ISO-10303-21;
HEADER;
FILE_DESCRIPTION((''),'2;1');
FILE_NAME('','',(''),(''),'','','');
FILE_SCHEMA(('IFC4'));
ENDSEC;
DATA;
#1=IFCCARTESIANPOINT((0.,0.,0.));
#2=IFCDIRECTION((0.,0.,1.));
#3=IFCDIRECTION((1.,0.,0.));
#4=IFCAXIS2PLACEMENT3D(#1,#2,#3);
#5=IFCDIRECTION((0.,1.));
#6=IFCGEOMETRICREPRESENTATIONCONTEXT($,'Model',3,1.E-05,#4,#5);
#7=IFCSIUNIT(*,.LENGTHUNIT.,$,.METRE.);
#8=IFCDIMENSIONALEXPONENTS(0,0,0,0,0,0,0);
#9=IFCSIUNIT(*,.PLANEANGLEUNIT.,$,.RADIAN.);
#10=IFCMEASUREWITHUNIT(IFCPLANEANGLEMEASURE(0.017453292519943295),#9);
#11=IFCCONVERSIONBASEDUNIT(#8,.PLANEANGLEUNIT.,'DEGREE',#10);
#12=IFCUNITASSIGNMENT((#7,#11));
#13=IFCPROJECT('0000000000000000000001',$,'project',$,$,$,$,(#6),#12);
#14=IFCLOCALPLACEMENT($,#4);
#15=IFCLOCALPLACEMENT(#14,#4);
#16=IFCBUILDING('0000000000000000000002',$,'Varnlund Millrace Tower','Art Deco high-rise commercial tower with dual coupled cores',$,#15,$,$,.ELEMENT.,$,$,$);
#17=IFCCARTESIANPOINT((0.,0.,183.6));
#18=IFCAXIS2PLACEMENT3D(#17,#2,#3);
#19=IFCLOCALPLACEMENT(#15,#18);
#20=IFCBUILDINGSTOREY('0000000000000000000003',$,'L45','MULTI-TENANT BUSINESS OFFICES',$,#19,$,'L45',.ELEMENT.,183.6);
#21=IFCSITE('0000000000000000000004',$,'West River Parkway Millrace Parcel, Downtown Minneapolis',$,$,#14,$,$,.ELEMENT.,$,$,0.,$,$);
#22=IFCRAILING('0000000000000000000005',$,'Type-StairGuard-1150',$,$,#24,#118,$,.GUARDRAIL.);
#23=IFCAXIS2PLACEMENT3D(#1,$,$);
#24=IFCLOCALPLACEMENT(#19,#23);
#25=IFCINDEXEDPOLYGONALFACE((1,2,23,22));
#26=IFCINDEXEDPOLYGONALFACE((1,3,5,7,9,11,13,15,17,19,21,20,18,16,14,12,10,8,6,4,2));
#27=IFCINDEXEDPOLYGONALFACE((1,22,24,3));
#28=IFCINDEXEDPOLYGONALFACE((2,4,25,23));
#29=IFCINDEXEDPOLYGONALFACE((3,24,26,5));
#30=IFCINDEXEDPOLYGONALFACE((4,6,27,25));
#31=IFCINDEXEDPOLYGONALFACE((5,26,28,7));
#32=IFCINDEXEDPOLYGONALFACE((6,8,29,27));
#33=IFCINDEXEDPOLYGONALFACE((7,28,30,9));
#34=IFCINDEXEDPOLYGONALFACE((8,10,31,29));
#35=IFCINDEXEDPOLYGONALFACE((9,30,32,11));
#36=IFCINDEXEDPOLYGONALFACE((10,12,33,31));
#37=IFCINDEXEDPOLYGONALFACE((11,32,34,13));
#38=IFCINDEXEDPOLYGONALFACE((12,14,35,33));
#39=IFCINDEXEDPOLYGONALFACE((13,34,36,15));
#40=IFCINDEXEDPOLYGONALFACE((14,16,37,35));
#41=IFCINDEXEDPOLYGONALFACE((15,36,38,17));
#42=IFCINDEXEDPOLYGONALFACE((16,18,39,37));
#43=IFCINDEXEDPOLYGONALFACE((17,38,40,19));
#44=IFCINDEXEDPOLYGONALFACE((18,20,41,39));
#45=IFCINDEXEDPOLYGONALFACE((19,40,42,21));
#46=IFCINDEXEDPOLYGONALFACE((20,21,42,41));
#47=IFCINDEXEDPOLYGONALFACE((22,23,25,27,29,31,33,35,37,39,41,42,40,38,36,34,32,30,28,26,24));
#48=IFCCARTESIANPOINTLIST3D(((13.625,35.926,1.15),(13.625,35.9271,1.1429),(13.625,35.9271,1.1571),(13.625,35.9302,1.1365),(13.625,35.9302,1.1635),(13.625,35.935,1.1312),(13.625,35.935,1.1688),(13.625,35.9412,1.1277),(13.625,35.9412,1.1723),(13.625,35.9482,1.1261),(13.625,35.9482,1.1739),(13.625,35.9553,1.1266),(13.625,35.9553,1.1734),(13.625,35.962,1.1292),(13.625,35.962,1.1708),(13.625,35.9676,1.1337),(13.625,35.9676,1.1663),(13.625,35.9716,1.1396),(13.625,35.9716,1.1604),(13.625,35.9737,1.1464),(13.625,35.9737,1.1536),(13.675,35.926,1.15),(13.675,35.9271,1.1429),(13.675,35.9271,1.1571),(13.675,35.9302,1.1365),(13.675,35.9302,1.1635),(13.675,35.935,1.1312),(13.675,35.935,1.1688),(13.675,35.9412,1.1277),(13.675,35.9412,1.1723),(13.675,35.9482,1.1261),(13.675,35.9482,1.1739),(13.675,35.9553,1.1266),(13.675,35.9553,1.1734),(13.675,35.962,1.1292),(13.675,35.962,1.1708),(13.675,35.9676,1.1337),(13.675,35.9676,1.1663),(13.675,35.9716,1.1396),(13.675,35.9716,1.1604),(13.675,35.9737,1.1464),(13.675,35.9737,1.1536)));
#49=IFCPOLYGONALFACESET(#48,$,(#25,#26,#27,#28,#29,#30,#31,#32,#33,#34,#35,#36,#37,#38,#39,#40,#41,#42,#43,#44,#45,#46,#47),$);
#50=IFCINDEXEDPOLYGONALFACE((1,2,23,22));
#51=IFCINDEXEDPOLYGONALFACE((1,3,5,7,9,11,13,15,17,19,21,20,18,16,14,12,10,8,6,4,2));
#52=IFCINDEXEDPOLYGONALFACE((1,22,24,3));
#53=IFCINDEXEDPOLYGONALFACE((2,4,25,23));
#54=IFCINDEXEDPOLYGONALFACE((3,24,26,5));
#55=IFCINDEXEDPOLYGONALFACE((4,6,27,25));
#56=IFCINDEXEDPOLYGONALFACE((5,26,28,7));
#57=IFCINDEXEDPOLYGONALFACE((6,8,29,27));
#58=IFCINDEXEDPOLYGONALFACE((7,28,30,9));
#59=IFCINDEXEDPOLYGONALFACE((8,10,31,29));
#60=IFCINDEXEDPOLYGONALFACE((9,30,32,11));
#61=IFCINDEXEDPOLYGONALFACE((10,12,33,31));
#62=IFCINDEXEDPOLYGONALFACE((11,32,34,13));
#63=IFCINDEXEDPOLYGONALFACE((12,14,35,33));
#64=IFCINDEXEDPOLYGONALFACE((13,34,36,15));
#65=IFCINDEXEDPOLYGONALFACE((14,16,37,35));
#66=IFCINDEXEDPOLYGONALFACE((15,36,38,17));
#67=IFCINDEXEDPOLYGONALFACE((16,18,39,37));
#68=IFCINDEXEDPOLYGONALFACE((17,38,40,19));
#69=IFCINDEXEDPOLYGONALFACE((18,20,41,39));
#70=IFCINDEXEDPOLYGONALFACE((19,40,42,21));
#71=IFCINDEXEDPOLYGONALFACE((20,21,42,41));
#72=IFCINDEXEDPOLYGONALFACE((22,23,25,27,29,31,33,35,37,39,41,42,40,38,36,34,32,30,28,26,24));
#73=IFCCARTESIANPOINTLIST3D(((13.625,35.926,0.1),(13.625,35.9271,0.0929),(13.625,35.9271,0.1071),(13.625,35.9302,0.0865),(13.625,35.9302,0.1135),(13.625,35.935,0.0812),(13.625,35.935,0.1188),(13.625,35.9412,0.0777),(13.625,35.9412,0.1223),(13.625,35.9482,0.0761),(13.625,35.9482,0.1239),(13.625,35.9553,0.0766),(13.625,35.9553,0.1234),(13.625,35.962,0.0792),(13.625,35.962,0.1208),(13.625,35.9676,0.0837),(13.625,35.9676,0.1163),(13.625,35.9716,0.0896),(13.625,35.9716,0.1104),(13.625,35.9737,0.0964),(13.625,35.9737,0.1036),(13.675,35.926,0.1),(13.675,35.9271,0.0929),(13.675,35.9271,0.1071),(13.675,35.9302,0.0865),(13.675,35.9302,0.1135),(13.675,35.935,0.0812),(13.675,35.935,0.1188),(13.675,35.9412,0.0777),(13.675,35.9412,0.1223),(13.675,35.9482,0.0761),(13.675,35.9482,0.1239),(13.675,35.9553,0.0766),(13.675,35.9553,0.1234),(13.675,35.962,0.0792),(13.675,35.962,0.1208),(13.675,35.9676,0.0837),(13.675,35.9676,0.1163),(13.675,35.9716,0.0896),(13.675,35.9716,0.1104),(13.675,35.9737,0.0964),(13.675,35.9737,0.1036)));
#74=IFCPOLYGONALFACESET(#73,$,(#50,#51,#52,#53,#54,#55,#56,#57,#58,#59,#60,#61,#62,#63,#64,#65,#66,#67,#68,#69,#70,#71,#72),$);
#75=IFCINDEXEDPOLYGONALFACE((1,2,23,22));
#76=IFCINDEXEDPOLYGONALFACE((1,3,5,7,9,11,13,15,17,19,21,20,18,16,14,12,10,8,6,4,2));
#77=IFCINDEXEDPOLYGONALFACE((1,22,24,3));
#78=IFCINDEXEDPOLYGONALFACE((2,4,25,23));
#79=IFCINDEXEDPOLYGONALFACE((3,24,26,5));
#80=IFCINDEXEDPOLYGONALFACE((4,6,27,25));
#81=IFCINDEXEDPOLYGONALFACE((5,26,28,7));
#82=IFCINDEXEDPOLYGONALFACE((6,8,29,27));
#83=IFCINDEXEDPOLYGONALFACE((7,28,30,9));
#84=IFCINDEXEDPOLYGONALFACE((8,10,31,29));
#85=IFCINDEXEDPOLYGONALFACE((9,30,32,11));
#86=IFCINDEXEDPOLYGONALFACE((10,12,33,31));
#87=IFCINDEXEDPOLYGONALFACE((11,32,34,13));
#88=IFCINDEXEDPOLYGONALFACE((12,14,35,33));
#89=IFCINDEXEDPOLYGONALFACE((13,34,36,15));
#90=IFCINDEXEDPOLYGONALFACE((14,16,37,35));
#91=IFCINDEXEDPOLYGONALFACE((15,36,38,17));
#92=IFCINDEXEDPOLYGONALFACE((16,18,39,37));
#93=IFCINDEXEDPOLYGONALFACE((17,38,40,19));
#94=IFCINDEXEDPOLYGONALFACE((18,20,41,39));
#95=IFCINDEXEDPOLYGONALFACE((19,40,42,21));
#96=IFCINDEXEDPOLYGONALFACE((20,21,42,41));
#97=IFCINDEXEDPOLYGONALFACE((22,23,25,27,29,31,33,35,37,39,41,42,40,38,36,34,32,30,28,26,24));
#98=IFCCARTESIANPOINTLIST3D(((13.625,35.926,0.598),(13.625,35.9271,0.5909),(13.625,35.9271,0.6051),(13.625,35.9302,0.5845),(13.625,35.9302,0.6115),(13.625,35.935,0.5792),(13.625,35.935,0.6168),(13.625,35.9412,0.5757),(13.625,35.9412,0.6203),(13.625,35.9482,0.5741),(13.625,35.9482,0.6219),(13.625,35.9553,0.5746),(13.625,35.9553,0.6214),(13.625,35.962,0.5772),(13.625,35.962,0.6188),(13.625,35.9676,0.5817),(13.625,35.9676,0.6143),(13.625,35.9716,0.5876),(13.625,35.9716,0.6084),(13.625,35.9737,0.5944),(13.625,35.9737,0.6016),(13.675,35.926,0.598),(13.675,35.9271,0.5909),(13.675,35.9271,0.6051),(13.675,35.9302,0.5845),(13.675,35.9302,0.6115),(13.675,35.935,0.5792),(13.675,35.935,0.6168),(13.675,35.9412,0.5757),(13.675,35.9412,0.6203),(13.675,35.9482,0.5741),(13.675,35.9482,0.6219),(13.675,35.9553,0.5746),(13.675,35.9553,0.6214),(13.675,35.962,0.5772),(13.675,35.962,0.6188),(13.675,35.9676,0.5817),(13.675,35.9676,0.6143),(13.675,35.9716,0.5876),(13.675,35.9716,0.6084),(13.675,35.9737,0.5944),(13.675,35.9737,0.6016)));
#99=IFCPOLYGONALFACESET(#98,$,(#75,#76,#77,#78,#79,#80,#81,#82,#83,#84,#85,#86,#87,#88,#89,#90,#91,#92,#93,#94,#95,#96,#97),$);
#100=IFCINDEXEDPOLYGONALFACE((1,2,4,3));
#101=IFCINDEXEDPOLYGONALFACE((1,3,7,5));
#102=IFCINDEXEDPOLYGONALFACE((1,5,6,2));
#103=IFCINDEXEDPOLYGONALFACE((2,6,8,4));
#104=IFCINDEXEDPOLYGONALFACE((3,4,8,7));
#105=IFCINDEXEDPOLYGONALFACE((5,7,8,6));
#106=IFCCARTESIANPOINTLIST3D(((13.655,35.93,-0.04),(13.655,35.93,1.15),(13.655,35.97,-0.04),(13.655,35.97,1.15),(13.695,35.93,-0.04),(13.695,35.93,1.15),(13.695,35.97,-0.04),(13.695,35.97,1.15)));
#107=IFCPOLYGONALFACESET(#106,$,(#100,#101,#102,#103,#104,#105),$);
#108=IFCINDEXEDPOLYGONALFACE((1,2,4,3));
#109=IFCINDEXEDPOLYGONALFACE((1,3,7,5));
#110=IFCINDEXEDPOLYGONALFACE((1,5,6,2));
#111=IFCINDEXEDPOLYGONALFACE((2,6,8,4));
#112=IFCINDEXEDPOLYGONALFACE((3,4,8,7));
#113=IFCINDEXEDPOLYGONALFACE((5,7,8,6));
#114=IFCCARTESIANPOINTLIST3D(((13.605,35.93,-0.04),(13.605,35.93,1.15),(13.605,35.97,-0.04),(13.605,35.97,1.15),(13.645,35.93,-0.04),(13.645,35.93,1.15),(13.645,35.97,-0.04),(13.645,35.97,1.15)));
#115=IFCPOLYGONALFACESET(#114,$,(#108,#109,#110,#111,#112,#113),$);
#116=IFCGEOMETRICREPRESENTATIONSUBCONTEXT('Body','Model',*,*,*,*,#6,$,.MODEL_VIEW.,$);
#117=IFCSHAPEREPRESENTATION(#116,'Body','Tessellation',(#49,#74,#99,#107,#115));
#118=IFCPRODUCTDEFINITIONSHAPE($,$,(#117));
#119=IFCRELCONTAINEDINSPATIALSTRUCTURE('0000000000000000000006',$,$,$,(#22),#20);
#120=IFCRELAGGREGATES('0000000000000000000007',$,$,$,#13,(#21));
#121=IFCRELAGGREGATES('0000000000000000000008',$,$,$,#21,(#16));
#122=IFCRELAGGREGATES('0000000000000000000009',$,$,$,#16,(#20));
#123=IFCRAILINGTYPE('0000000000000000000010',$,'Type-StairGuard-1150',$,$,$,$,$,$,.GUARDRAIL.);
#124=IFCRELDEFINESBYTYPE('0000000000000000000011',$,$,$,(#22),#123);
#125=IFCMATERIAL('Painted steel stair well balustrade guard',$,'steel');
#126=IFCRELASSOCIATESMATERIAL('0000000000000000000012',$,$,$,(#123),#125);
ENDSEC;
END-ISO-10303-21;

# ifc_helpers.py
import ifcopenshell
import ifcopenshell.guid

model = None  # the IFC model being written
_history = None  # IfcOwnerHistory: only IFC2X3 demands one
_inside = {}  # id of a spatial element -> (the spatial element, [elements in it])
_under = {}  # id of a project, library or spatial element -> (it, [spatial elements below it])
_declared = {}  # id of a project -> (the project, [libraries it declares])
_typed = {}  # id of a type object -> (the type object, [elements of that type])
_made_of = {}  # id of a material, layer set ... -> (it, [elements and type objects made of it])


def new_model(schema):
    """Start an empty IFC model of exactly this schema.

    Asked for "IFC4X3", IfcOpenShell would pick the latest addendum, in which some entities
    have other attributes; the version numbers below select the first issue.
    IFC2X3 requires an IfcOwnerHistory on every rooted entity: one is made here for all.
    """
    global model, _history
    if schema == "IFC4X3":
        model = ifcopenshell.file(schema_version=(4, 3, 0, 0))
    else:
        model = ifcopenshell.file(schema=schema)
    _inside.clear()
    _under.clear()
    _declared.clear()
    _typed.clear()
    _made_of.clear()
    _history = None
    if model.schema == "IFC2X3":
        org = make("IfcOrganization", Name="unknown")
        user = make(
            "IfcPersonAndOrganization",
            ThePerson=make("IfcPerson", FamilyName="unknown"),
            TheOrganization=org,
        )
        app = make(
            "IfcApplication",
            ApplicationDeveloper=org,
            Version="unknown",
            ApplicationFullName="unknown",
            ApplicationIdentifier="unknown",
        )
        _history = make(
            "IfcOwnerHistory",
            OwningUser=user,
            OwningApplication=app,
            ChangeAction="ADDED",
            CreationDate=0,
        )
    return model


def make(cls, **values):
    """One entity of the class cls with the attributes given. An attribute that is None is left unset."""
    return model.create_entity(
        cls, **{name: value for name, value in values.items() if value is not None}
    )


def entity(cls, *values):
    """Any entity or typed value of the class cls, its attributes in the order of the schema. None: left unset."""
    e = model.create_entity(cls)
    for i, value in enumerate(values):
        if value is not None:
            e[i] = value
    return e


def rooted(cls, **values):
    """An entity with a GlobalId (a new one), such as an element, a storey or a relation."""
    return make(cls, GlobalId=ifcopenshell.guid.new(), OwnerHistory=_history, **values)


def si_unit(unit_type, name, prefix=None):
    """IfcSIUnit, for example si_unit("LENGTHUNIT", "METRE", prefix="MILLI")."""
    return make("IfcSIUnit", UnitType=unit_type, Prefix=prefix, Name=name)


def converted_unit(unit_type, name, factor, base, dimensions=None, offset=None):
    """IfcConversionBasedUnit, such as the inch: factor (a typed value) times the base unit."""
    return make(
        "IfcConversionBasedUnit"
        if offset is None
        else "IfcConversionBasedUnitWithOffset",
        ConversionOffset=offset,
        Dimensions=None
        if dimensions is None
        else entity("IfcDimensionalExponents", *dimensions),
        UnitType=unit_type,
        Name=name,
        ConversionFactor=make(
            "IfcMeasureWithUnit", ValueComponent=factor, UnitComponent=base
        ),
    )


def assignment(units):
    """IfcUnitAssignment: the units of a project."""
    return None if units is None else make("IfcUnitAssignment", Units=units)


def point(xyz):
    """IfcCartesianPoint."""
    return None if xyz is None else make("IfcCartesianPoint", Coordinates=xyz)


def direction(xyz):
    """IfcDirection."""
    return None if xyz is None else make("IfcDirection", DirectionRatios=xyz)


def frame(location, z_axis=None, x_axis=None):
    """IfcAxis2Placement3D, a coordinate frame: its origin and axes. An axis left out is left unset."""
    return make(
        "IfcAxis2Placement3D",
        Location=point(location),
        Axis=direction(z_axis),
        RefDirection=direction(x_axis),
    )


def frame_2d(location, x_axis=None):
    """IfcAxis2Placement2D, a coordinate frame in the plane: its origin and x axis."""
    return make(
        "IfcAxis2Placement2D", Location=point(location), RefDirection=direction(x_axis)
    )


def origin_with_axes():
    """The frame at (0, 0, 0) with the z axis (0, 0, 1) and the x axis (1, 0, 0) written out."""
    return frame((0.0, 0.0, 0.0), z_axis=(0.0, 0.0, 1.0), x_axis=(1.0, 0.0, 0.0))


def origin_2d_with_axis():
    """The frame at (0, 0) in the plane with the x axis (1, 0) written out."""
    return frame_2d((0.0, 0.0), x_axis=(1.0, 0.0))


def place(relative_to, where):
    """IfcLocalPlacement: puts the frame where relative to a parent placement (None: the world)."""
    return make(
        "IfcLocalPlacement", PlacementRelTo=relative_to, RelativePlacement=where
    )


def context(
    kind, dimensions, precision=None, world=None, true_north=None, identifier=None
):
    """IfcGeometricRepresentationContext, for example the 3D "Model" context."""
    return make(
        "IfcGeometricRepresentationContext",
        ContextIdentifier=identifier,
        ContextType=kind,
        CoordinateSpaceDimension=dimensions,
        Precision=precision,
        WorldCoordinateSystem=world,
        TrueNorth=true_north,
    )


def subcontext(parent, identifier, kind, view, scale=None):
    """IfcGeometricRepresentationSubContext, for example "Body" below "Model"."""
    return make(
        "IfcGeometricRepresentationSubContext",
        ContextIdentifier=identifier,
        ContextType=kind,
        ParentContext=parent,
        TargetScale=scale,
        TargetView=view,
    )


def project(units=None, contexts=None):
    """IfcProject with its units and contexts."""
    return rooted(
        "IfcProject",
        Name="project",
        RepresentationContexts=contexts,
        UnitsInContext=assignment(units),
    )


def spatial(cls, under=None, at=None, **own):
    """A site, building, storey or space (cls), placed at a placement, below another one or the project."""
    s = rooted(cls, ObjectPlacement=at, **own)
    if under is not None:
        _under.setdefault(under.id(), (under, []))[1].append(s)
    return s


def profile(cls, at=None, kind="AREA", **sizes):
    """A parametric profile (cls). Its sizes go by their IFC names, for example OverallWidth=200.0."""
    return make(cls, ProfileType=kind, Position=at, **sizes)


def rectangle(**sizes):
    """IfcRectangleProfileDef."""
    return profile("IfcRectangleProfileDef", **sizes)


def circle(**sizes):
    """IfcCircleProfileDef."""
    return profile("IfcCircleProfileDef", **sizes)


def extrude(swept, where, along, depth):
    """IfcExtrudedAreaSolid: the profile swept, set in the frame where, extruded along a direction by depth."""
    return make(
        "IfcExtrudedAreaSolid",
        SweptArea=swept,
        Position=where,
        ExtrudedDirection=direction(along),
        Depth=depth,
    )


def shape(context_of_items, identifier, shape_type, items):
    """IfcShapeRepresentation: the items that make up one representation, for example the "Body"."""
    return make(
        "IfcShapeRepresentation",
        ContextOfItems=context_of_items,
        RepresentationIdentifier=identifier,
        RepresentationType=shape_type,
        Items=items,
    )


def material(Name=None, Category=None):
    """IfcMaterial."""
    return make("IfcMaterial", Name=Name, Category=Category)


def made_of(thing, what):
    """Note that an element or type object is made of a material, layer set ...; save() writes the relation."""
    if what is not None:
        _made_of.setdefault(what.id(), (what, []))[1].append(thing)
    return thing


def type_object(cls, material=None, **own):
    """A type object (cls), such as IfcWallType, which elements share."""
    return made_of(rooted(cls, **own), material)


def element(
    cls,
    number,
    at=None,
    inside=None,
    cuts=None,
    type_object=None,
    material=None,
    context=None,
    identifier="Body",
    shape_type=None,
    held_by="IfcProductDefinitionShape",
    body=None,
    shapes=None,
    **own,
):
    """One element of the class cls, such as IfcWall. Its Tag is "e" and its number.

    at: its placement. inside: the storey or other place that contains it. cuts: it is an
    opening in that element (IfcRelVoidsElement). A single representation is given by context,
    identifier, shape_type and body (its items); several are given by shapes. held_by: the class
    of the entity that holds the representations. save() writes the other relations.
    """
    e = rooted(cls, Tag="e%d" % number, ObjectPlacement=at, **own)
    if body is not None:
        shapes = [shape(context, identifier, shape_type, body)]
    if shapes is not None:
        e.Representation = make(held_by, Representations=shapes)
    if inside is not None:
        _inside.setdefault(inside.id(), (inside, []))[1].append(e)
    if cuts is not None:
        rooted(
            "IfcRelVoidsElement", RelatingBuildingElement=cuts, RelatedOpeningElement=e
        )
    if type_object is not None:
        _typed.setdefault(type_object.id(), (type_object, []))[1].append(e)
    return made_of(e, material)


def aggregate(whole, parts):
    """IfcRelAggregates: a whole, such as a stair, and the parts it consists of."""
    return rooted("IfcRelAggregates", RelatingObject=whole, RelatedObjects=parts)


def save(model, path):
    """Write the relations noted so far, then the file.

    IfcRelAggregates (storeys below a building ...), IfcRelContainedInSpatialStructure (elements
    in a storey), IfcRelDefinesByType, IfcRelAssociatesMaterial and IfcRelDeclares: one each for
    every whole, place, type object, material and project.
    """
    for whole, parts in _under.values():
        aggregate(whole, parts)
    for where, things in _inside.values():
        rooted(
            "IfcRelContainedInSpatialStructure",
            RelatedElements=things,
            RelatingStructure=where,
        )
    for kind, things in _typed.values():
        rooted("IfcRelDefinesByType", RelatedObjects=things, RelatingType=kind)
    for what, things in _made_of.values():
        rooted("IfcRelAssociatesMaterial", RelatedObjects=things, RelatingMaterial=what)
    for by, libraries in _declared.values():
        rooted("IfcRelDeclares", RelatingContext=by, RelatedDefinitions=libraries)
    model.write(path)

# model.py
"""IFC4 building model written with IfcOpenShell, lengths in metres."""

from ifc_helpers import new_model, entity, si_unit, converted_unit, direction, frame, origin_with_axes, origin_2d_with_axis, place, context, subcontext, project, spatial, rectangle, circle, extrude, material, type_object, element, save


model = new_model("IFC4")

# Units and contexts
model_context = context("Model", 3, precision=1e-05, world=origin_with_axes(), true_north=direction((0.0, 1.0)))
body_context = subcontext(model_context, "Body", "Model", "MODEL_VIEW")
ifc_project = project(units=[si_unit("LENGTHUNIT", "METRE"), converted_unit("PLANEANGLEUNIT", "DEGREE", entity("IfcPlaneAngleMeasure", 0.017453292519943295), si_unit("PLANEANGLEUNIT", "RADIAN"), dimensions=[0, 0, 0, 0, 0, 0, 0])], contexts=[model_context])

# Site, building, storey
site_placement = place(None, origin_with_axes())
site = spatial("IfcSite", under=ifc_project, at=site_placement, Name="West River Parkway Millrace Parcel, Downtown Minneapolis", CompositionType="ELEMENT", RefElevation=0.0)
building_placement = place(site_placement, origin_with_axes())
building = spatial("IfcBuilding", under=site, at=building_placement, Name="Varnlund Millrace Tower", Description="Art Deco high-rise commercial tower with dual coupled cores", CompositionType="ELEMENT")
storey_placement = place(building_placement, frame((0.0, 0.0, 183.6), z_axis=(0.0, 0.0, 1.0), x_axis=(1.0, 0.0, 0.0)))
storey = spatial("IfcBuildingStorey", under=building, at=storey_placement, Name="L45", Description="MULTI-TENANT BUSINESS OFFICES", LongName="L45", CompositionType="ELEMENT", Elevation=183.6)

# Railing
ifc_material_1 = material(Name="Painted steel stair well balustrade guard", Category="steel")
railing_type_1 = type_object("IfcRailingType", Name="Type-StairGuard-1150", PredefinedType="GUARDRAIL", material=ifc_material_1)
railing_1_placement = place(storey_placement, frame((0.0, 0.0, -183.6), z_axis=(0.0, 0.0, 1.0), x_axis=(1.0, 0.0, 0.0)))
element("IfcRailing", 1, at=railing_1_placement, inside=storey, type_object=railing_type_1, Name="Type-StairGuard-1150", PredefinedType="GUARDRAIL", context=body_context, shape_type="SweptSolid", body=[
    extrude(circle(Radius=0.024, at=origin_2d_with_axis()), frame((13.675, 35.95, 184.75), z_axis=(-1.0, 0.0, 0.0), x_axis=(0.0, -1.0, 0.0)), (0.0, 0.0, 1.0), 0.05),
    extrude(circle(Radius=0.024, at=origin_2d_with_axis()), frame((13.675, 35.95, 183.7), z_axis=(-1.0, 0.0, 0.0), x_axis=(0.0, -1.0, 0.0)), (0.0, 0.0, 1.0), 0.05),
    extrude(circle(Radius=0.024, at=origin_2d_with_axis()), frame((13.675, 35.95, 184.198), z_axis=(-1.0, 0.0, 0.0), x_axis=(0.0, -1.0, 0.0)), (0.0, 0.0, 1.0), 0.05),
    extrude(rectangle(XDim=0.04, YDim=0.04, at=origin_2d_with_axis()), frame((13.675, 35.95, 183.56), z_axis=(0.0, 0.0, 1.0), x_axis=(1.0, 0.0, 0.0)), (0.0, 0.0, 1.0), 1.19),
    extrude(rectangle(XDim=0.04, YDim=0.04, at=origin_2d_with_axis()), frame((13.625, 35.95, 183.56), z_axis=(0.0, 0.0, 1.0), x_axis=(1.0, 0.0, 0.0)), (0.0, 0.0, 1.0), 1.19),
])

save(model, "model.ifc")
